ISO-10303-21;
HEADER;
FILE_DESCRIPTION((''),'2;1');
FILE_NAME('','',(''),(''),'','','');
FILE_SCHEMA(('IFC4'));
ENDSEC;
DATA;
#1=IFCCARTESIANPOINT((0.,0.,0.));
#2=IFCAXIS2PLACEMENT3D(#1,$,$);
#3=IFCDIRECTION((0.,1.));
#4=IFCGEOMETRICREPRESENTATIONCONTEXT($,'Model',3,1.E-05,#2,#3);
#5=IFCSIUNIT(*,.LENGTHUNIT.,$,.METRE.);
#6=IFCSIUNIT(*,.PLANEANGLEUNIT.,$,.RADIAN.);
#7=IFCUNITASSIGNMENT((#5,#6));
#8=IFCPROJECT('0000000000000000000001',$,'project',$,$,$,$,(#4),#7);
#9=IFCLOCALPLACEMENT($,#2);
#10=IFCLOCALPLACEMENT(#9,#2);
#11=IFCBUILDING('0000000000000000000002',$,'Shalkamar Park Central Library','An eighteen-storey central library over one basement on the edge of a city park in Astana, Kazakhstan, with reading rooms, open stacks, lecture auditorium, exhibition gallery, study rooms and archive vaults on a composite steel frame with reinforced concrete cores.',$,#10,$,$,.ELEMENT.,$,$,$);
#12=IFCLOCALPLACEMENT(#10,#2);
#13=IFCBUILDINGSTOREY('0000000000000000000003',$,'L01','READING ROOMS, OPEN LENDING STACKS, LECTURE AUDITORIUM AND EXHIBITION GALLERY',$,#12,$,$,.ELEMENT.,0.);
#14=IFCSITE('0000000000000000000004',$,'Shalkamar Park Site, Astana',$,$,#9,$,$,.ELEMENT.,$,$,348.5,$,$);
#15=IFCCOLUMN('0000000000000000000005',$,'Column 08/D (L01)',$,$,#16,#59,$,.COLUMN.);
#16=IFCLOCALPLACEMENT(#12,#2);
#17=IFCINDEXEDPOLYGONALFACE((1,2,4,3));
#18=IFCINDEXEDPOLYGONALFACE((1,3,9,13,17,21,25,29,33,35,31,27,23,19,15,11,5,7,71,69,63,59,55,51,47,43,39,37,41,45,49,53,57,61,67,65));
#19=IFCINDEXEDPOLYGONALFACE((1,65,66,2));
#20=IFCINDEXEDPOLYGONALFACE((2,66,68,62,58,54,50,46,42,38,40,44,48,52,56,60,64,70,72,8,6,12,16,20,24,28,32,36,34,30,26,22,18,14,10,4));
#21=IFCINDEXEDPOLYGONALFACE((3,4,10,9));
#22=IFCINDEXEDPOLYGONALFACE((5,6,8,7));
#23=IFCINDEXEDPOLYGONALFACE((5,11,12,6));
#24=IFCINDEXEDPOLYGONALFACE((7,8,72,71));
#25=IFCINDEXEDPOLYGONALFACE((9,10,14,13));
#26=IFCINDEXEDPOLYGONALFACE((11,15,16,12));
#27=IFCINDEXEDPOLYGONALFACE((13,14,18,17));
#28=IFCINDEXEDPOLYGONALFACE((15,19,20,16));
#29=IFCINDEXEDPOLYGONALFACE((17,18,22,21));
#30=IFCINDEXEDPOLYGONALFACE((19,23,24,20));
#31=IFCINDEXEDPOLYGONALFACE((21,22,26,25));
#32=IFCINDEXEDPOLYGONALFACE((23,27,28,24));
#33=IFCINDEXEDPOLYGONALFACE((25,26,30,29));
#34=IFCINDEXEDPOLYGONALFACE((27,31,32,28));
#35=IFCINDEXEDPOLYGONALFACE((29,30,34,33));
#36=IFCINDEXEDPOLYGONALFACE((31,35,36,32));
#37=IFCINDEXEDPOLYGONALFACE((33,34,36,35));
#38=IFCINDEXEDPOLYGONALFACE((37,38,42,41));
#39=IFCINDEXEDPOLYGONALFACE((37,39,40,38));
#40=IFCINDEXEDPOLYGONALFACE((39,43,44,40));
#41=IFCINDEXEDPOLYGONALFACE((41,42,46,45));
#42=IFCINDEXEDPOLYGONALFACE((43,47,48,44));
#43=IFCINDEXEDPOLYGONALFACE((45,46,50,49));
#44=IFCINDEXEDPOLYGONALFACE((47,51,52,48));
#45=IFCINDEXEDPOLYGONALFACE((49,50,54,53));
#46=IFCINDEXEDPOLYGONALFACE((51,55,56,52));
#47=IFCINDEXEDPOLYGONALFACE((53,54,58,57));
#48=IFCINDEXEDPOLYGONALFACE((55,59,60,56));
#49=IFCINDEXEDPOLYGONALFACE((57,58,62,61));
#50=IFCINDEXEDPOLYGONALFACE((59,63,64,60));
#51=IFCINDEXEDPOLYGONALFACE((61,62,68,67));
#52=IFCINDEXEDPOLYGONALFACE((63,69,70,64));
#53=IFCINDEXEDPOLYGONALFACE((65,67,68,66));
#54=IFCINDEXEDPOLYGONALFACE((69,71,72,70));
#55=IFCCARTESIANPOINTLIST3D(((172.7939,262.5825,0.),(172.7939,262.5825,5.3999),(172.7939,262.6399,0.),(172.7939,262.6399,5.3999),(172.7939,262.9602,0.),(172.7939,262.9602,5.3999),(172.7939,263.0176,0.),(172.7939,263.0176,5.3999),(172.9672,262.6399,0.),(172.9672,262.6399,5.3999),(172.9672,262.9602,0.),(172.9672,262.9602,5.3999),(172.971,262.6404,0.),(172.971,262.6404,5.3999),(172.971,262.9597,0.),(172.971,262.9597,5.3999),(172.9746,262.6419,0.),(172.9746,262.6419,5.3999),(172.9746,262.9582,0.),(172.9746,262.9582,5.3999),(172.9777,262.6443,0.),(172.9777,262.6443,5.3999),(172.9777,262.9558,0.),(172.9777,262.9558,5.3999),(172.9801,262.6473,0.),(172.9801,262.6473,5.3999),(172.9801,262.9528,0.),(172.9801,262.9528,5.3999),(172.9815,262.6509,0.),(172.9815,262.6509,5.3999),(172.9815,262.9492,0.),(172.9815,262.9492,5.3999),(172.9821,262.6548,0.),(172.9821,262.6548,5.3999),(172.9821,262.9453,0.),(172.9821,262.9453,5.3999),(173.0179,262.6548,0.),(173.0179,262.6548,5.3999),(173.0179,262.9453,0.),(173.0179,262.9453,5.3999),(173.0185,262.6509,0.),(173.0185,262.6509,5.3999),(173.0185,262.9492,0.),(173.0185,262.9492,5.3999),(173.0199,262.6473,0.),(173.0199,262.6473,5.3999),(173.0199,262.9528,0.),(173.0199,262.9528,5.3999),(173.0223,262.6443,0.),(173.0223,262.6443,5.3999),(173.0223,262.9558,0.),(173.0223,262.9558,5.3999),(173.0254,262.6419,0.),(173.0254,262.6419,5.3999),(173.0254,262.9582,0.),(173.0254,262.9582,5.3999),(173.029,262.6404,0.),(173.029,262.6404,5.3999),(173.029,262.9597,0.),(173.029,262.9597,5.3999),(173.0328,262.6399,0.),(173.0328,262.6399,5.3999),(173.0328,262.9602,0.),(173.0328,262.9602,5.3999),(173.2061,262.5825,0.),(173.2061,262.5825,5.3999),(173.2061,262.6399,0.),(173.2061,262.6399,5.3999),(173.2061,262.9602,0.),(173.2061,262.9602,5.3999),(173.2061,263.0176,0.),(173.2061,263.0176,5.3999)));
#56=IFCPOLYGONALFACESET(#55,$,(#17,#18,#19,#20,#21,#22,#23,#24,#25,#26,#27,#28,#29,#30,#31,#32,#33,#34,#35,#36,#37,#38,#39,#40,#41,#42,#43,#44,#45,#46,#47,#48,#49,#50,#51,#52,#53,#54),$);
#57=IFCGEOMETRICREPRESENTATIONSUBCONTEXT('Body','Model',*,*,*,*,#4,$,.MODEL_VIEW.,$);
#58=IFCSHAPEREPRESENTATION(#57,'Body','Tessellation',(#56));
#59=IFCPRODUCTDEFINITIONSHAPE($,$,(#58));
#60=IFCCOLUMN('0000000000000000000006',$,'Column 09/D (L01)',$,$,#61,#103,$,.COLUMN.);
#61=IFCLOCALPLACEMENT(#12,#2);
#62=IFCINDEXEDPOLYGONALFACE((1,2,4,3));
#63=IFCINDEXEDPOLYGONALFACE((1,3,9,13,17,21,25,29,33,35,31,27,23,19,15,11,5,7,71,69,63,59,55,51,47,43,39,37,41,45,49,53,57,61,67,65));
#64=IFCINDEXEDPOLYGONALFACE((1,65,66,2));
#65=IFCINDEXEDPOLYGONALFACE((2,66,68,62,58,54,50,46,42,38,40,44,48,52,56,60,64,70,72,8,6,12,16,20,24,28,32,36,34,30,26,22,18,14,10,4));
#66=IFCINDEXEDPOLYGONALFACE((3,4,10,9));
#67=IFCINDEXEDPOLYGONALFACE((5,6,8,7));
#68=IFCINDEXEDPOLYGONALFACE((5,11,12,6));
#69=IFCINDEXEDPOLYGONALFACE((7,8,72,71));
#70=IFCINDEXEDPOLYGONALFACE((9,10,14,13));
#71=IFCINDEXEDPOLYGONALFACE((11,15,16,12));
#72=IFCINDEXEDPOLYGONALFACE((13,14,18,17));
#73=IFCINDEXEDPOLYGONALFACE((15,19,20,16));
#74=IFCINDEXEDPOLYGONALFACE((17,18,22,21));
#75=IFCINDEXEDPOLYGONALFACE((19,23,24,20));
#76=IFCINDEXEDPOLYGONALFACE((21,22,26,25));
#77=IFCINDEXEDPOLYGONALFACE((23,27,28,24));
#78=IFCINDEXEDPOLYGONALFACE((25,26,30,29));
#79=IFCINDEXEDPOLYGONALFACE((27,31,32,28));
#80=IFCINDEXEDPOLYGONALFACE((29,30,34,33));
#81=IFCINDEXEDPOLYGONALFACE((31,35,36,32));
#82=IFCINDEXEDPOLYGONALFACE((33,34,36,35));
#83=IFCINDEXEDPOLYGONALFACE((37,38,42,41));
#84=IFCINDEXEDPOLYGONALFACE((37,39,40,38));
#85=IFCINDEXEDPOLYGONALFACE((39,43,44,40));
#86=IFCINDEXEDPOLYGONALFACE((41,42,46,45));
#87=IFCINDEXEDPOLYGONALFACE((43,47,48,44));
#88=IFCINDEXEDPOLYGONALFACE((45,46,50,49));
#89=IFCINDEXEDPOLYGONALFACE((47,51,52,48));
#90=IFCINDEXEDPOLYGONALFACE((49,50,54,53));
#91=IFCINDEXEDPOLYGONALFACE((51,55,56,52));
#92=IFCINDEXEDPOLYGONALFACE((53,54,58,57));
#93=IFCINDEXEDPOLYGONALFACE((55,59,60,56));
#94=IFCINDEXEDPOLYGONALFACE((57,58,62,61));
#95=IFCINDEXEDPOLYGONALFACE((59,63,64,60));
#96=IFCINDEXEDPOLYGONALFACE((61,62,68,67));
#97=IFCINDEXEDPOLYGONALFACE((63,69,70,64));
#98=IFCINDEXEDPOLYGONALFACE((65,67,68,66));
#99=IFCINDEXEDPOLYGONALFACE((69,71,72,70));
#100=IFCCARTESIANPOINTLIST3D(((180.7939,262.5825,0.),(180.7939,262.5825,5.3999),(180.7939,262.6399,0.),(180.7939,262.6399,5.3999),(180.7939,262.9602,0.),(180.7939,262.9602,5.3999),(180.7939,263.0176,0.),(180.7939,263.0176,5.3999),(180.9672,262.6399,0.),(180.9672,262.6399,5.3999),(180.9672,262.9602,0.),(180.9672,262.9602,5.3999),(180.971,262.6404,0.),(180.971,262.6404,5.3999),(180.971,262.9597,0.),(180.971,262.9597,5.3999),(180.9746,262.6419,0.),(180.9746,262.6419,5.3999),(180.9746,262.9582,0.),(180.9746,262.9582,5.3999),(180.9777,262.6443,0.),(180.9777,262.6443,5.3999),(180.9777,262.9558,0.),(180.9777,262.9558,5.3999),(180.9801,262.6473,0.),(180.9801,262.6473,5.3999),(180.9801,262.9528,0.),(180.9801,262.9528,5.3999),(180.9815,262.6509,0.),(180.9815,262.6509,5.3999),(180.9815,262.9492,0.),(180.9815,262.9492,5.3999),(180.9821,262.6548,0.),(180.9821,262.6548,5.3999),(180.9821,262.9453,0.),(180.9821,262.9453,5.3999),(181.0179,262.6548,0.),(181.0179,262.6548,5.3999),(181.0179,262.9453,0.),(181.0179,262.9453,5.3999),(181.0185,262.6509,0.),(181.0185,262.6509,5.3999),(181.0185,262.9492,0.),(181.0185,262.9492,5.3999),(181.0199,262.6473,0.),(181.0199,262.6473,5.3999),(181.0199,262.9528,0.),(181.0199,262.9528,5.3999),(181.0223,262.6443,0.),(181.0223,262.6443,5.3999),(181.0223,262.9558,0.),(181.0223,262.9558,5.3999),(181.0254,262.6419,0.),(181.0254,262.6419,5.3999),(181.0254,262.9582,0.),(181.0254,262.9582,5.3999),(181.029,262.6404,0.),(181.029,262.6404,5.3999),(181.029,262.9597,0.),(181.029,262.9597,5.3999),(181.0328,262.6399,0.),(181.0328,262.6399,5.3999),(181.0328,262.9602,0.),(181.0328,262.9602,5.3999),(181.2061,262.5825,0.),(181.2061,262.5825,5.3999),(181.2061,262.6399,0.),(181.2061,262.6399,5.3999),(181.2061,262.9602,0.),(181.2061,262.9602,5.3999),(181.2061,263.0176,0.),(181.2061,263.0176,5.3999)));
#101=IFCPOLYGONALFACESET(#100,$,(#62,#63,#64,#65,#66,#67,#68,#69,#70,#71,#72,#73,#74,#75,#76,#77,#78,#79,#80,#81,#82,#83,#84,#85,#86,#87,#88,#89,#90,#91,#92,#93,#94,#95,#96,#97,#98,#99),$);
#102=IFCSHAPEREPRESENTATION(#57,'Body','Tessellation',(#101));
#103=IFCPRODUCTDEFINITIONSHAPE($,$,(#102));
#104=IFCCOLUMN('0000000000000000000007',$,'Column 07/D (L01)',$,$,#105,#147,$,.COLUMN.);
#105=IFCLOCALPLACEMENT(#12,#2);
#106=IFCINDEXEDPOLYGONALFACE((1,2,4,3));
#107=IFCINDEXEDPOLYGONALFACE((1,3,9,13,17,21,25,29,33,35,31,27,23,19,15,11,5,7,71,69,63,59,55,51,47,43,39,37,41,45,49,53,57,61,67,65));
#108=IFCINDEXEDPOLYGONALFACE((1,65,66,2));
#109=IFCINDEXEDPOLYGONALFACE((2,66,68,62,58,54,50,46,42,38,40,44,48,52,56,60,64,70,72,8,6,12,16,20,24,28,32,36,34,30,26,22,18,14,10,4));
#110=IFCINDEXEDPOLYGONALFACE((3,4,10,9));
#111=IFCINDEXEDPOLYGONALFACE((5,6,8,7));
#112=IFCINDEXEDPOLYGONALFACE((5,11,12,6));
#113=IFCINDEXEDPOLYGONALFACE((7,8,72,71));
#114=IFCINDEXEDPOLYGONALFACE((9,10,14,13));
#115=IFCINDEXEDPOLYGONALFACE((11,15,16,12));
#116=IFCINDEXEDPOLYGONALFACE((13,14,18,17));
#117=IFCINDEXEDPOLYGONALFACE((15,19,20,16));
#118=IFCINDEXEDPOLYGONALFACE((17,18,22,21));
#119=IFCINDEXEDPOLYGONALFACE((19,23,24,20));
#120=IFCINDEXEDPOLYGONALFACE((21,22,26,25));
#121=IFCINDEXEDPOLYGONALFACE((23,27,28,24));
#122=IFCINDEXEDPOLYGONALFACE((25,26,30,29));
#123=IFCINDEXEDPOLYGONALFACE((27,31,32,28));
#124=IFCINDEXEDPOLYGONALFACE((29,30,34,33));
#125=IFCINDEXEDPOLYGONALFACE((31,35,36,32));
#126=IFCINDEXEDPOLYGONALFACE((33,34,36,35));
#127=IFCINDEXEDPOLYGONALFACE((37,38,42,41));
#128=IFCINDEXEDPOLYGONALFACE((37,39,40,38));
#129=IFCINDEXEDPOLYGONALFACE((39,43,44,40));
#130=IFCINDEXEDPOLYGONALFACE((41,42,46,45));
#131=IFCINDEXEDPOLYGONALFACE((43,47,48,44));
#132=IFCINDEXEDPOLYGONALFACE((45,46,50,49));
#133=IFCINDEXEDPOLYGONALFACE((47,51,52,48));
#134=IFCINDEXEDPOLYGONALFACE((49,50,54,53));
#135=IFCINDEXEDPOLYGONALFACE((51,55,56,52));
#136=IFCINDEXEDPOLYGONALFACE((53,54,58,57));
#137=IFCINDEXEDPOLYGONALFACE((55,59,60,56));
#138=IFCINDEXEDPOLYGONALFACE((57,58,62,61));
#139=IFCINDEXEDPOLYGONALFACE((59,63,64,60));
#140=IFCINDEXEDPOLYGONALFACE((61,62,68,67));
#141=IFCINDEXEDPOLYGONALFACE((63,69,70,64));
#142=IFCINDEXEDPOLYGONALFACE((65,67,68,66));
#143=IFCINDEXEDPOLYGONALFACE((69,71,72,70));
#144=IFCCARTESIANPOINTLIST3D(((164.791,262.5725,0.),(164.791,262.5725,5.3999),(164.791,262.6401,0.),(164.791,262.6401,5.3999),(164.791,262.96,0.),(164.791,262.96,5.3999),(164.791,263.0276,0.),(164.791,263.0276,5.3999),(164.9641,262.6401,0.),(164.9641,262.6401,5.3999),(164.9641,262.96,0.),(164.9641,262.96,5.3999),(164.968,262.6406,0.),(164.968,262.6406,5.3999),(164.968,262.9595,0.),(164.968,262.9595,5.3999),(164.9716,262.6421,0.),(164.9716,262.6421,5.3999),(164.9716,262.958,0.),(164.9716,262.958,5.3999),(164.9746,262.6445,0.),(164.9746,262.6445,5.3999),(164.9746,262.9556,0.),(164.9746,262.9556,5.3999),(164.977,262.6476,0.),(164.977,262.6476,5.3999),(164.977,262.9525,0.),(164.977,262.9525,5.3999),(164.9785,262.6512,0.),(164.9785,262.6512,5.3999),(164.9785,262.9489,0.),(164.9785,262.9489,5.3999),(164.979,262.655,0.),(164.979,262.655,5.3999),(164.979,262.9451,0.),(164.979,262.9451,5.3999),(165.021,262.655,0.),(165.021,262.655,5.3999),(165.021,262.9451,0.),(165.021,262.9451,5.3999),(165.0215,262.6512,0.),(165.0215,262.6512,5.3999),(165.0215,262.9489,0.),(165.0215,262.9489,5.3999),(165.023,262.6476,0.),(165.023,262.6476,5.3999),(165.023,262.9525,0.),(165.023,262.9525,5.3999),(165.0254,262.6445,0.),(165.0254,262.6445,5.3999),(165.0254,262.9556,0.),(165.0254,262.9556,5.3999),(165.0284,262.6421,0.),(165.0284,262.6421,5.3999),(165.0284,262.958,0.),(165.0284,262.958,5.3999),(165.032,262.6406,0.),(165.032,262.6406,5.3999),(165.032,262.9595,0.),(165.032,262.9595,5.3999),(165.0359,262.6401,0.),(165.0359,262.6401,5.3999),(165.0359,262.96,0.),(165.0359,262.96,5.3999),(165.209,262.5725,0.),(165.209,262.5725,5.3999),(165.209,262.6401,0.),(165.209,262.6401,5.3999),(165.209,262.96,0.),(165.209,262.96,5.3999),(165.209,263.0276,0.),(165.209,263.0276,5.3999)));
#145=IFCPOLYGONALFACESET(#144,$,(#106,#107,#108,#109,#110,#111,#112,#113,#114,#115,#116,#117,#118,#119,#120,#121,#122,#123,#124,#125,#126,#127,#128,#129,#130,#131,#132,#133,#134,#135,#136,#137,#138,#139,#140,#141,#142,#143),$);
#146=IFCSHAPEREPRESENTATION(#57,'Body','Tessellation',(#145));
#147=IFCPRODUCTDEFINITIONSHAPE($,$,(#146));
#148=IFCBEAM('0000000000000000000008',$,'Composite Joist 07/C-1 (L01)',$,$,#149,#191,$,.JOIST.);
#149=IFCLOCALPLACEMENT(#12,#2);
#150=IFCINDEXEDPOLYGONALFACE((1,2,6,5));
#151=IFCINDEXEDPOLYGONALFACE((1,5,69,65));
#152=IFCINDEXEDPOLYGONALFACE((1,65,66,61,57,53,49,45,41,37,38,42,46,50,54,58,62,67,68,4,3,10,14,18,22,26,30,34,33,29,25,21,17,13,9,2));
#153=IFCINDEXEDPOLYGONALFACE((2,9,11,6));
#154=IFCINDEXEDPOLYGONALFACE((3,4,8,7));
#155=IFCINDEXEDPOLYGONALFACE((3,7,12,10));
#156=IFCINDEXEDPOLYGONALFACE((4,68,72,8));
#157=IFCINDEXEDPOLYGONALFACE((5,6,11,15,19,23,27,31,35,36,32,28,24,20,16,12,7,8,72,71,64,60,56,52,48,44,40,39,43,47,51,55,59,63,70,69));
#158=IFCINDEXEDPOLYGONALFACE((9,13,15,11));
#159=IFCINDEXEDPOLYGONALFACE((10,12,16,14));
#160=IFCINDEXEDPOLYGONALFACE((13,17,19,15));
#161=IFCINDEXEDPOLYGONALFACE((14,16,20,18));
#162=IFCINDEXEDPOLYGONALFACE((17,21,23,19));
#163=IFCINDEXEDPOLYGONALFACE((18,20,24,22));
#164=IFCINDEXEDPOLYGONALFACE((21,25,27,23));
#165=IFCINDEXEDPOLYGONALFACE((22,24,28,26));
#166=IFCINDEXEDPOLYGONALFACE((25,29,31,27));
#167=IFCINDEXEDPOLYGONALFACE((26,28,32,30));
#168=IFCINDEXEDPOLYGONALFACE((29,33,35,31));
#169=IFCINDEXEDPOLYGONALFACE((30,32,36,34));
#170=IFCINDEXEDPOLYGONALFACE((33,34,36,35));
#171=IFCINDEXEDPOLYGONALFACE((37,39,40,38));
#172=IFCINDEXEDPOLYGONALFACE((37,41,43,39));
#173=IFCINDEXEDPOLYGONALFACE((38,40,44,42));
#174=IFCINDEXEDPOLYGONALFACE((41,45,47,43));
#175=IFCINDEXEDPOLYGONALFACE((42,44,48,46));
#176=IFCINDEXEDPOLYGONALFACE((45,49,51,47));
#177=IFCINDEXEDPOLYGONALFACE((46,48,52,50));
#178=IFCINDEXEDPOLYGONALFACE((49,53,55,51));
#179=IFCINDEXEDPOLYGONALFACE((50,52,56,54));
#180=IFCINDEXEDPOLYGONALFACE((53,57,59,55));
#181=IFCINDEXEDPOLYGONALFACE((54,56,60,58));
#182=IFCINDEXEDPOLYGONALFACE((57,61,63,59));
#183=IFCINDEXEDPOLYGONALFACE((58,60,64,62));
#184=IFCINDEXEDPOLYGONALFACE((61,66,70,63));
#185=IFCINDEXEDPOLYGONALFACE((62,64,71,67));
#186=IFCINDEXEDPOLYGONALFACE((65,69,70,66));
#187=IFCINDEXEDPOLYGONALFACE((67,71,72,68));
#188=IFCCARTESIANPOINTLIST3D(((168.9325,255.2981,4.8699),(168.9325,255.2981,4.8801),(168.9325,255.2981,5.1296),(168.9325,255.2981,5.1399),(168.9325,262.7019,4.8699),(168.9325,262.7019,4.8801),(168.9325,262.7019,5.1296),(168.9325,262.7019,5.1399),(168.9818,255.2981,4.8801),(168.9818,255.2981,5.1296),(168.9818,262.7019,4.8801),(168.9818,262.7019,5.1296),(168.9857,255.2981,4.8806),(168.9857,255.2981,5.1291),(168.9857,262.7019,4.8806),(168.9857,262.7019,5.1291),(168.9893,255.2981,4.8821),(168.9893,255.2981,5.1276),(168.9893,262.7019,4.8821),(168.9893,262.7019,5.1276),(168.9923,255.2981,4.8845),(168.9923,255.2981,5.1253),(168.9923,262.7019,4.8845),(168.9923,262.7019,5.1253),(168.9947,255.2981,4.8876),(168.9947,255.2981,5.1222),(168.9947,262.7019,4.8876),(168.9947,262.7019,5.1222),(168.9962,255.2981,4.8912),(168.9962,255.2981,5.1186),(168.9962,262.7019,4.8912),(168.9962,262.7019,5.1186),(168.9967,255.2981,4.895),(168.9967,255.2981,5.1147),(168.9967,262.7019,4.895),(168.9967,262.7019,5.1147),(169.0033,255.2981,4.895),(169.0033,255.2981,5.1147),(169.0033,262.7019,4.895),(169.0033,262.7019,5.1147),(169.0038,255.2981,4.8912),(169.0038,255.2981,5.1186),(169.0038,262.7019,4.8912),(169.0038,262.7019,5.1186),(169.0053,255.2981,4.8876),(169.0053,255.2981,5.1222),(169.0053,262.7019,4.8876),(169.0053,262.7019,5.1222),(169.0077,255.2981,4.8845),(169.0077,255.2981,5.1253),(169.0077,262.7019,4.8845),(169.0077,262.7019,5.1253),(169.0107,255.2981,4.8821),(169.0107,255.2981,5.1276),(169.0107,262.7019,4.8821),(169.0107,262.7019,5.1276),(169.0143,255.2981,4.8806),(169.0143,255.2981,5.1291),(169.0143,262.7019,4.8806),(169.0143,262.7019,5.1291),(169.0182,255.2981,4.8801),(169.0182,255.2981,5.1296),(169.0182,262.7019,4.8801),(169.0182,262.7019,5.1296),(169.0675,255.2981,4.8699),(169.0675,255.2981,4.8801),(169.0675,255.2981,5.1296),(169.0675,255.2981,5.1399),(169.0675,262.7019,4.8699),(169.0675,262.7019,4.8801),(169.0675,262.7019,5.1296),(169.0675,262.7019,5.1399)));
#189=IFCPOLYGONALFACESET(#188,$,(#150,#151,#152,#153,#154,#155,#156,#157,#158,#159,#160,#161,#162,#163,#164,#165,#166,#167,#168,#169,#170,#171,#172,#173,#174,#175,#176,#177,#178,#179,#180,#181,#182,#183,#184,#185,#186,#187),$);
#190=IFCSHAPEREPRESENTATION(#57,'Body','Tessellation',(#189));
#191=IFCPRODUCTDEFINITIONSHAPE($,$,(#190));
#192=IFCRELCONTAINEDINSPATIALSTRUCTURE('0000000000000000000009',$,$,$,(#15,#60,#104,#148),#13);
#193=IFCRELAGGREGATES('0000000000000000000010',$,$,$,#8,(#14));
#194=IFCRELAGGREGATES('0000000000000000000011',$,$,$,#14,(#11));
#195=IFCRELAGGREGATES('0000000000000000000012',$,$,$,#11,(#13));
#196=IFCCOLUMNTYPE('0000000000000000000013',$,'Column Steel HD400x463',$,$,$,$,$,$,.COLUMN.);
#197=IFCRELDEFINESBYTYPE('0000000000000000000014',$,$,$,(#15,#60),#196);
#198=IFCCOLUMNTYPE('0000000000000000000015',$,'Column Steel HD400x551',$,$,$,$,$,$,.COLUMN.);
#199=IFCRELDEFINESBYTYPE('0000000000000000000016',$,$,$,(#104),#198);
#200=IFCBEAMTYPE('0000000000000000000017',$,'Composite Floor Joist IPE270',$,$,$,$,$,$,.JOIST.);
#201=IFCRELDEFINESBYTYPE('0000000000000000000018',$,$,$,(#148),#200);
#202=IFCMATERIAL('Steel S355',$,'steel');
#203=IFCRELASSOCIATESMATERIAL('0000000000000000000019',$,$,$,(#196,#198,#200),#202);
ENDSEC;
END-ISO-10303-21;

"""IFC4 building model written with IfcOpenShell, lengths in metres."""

from ifc_helpers import new_model, si_unit, direction, frame, origin, origin_2d, place, context, subcontext, project, spatial, i_section, extrude, material, material_profile, profile_set, type_object, element, save


model = new_model("IFC4")

# Units and contexts
model_context = context("Model", 3, precision=1e-05, world=origin(), true_north=direction((0.0, 1.0)))
body_context = subcontext(model_context, "Body", "Model", "MODEL_VIEW")
ifc_project = project(units=[si_unit("LENGTHUNIT", "METRE"), si_unit("PLANEANGLEUNIT", "RADIAN")], contexts=[model_context])

# Site, building, storey
site_placement = place(None, origin())
site = spatial("IfcSite", under=ifc_project, at=site_placement, Name="Shalkamar Park Site, Astana", CompositionType="ELEMENT", RefElevation=348.5)
building_placement = place(site_placement, origin())
building = spatial("IfcBuilding", under=site, at=building_placement, Name="Shalkamar Park Central Library", Description="An eighteen-storey central library over one basement on the edge of a city park in Astana, Kazakhstan, with reading rooms, open stacks, lecture auditorium, exhibition gallery, study rooms and archive vaults on a composite steel frame with reinforced concrete cores.", CompositionType="ELEMENT")
storey_placement = place(building_placement, origin())
storey = spatial("IfcBuildingStorey", under=building, at=storey_placement, Name="L01", Description="READING ROOMS, OPEN LENDING STACKS, LECTURE AUDITORIUM AND EXHIBITION GALLERY", CompositionType="ELEMENT", Elevation=0.0)

# Columns
ifc_material_1 = material(Name="Steel S355", Category="steel")
ifc_material_profile_1 = material_profile(ifc_material_1, i_section(OverallWidth=0.4121, OverallDepth=0.4351, WebThickness=0.0359, FlangeThickness=0.0574, FilletRadius=0.0149, at=origin_2d()), Name="HD 400x463")
ifc_profile_set_1 = profile_set([ifc_material_profile_1], Name="Steel S355")
column_type_1 = type_object("IfcColumnType", Name="Column Steel HD400x463", PredefinedType="COLUMN", material=ifc_profile_set_1)
for number, where, z_axis, x_axis, name in (
    (1, (173.0, 262.8, 0.0), (0.0, 0.0, 1.0), (1.0, 0.0, 0.0), "Column 08/D (L01)"),
    (2, (181.0, 262.8, 0.0), (0.0, 0.0, 1.0), (1.0, 0.0, 0.0), "Column 09/D (L01)"),
):
    element("IfcColumn", number, at=place(storey_placement, frame(where, z_axis=z_axis, x_axis=x_axis)), inside=storey, type_object=column_type_1, Name=name, PredefinedType="COLUMN", context=body_context, shape_type="SweptSolid", body=[
        extrude(i_section(OverallWidth=0.4121, OverallDepth=0.4351, WebThickness=0.0359, FlangeThickness=0.0574, FilletRadius=0.0149, at=origin_2d()), origin(), (0.0, 0.0, 1.0), 5.3999),
    ])
ifc_material_profile_2 = material_profile(ifc_material_1, i_section(OverallWidth=0.418, OverallDepth=0.4551, WebThickness=0.042, FlangeThickness=0.0676, FilletRadius=0.0149, at=origin_2d()), Name="HD 400x551")
ifc_profile_set_2 = profile_set([ifc_material_profile_2], Name="Steel S355")
column_type_2 = type_object("IfcColumnType", Name="Column Steel HD400x551", PredefinedType="COLUMN", material=ifc_profile_set_2)
column_placement = place(storey_placement, frame((165.0, 262.8, 0.0), z_axis=(0.0, 0.0, 1.0), x_axis=(1.0, 0.0, 0.0)))
element("IfcColumn", 3, at=column_placement, inside=storey, type_object=column_type_2, Name="Column 07/D (L01)", PredefinedType="COLUMN", context=body_context, shape_type="SweptSolid", body=[
    extrude(i_section(OverallWidth=0.418, OverallDepth=0.4551, WebThickness=0.042, FlangeThickness=0.0676, FilletRadius=0.0149, at=origin_2d()), origin(), (0.0, 0.0, 1.0), 5.3999),
])

# Beam
ifc_material_profile_3 = material_profile(ifc_material_1, i_section(OverallWidth=0.135, OverallDepth=0.27, WebThickness=0.0066, FlangeThickness=0.0103, FilletRadius=0.0149, at=origin_2d()), Name="IPE 270")
ifc_profile_set_3 = profile_set([ifc_material_profile_3], Name="Steel S355")
beam_type_1 = type_object("IfcBeamType", Name="Composite Floor Joist IPE270", PredefinedType="JOIST", material=ifc_profile_set_3)
for number, where, z_axis, x_axis, name in (
    (4, (169.0, 255.2981, 5.0049), (0.0, 1.0, 0.0), (-1.0, 0.0, 0.0), "Composite Joist 07/C-1 (L01)"),
):
    element("IfcBeam", number, at=place(storey_placement, frame(where, z_axis=z_axis, x_axis=x_axis)), inside=storey, type_object=beam_type_1, Name=name, PredefinedType="JOIST", context=body_context, shape_type="SweptSolid", body=[
        extrude(i_section(OverallWidth=0.135, OverallDepth=0.27, WebThickness=0.0066, FlangeThickness=0.0103, FilletRadius=0.0149, at=origin_2d()), origin(), (0.0, 0.0, 1.0), 7.4038),
    ])

save(model, "model.ifc")
